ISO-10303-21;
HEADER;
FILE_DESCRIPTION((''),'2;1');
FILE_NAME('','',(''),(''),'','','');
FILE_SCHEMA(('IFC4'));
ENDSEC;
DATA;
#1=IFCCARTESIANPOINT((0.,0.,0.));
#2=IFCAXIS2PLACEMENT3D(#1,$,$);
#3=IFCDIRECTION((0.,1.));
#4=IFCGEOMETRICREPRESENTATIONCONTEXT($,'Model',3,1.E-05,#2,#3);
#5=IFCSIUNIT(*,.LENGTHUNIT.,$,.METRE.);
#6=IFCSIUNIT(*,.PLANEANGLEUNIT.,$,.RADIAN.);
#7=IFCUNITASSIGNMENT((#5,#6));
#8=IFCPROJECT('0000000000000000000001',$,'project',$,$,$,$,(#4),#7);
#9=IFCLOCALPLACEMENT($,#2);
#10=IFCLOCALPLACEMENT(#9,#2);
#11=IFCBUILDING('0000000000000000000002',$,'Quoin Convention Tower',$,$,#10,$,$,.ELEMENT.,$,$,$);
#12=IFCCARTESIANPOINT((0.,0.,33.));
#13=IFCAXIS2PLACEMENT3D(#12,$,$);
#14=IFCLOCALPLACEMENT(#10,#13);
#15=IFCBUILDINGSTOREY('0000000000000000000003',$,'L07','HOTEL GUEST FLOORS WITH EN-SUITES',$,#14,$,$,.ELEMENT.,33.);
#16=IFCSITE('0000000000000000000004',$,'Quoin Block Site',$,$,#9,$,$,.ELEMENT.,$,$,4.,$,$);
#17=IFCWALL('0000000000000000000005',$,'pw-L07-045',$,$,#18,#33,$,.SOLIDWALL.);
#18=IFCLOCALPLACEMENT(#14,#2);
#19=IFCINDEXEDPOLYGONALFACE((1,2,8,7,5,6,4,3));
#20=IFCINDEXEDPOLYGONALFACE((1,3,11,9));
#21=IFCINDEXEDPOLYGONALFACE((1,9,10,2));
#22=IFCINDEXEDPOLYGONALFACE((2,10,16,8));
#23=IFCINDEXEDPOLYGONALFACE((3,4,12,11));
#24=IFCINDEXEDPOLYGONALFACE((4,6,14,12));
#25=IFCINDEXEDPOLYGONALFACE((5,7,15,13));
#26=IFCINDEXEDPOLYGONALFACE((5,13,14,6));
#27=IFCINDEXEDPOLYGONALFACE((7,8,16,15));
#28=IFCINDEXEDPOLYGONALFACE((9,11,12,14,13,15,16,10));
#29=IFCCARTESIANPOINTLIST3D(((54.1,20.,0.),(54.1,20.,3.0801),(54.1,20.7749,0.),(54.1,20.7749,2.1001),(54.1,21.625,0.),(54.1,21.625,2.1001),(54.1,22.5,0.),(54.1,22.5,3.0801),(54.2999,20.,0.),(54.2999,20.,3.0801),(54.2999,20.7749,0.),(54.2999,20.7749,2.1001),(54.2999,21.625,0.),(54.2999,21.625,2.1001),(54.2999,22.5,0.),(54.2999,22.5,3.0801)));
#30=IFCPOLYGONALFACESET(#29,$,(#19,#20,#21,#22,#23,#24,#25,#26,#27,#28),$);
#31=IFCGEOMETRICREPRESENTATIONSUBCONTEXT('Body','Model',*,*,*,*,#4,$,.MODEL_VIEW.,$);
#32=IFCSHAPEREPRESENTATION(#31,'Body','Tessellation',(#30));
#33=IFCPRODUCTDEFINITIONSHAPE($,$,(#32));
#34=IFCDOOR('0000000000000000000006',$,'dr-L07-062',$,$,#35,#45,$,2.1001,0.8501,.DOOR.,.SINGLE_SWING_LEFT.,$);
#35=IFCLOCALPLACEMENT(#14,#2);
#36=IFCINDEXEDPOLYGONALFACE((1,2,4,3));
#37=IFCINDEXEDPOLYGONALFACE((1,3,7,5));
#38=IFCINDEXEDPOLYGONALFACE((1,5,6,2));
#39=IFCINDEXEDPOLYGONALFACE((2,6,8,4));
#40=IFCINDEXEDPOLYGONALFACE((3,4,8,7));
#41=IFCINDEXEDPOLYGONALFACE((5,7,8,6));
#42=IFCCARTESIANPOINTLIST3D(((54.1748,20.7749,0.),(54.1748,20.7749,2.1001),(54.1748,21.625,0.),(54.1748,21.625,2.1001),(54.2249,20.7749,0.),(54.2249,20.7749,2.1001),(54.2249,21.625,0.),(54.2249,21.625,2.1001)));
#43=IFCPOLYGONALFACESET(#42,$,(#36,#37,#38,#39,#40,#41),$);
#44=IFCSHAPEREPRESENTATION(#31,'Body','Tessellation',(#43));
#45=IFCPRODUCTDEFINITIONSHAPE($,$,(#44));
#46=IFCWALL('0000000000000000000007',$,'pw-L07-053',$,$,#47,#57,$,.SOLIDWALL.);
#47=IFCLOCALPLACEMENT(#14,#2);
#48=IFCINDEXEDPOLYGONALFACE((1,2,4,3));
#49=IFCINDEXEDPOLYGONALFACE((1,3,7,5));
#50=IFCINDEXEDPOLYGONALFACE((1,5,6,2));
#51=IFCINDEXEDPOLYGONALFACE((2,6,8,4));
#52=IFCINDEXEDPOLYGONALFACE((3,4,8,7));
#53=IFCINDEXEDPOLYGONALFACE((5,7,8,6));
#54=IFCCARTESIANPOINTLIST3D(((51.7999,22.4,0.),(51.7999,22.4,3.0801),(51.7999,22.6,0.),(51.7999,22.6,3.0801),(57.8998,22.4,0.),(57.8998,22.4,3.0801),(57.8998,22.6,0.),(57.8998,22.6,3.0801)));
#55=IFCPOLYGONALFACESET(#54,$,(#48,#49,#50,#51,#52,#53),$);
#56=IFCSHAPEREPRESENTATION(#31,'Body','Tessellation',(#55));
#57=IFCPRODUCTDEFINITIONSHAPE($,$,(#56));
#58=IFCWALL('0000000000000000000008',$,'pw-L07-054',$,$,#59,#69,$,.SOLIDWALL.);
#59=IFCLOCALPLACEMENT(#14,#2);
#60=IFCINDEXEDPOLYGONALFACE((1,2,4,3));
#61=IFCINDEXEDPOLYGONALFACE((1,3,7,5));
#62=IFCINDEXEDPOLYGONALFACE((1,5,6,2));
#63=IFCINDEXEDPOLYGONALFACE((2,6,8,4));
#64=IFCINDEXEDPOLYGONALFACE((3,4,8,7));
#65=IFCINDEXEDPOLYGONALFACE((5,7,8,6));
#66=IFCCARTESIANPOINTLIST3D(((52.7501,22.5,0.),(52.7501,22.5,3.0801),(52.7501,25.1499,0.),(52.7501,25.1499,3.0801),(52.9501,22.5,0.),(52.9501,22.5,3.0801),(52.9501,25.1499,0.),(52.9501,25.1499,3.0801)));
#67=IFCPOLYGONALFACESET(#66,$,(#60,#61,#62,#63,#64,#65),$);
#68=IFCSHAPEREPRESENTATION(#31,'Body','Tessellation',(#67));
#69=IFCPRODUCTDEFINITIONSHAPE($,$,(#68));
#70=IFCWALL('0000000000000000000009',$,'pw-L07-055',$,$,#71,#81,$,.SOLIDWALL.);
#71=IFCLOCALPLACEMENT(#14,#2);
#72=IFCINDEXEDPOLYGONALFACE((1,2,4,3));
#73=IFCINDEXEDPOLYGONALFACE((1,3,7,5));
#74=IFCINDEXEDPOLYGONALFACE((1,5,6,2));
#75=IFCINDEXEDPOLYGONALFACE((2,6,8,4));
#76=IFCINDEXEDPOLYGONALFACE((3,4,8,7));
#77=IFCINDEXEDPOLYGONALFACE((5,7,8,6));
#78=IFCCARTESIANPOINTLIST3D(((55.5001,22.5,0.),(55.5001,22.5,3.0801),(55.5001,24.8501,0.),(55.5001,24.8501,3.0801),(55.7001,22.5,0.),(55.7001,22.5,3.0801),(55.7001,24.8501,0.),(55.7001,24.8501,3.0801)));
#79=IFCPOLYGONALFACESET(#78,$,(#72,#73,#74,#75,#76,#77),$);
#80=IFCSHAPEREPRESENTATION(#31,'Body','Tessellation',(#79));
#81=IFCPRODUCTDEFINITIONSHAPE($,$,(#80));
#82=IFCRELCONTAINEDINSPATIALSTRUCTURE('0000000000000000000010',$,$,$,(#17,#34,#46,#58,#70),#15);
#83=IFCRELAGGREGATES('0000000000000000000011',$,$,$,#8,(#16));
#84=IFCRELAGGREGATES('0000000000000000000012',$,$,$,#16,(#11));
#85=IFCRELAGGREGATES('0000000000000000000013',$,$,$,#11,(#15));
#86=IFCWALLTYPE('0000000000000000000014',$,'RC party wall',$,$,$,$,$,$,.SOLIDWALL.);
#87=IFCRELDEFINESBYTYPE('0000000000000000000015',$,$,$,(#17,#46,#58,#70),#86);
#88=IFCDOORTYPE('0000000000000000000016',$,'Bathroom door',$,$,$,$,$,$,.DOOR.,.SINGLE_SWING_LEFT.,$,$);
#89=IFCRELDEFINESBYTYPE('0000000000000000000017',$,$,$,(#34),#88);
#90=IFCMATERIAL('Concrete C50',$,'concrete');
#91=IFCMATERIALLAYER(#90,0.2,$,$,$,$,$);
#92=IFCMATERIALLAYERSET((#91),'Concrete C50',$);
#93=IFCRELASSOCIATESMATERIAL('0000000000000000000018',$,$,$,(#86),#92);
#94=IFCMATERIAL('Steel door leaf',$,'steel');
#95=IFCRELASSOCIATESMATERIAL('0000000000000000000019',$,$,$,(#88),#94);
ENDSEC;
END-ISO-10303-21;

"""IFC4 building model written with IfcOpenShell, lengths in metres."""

from ifc_helpers import new_model, si_unit, direction, frame, frame_2d, origin, place, context, subcontext, project, spatial, rectangle, extrude, material, layer, layer_set, type_object, element, fill, save


model = new_model("IFC4")

# Units and contexts
model_context = context("Model", 3, precision=1e-05, world=origin(), true_north=direction((0.0, 1.0)))
body_context = subcontext(model_context, "Body", "Model", "MODEL_VIEW")
ifc_project = project(units=[si_unit("LENGTHUNIT", "METRE"), si_unit("PLANEANGLEUNIT", "RADIAN")], contexts=[model_context])

# Site, building, storey
site_placement = place(None, origin())
site = spatial("IfcSite", under=ifc_project, at=site_placement, Name="Quoin Block Site", CompositionType="ELEMENT", RefElevation=4.0)
building_placement = place(site_placement, origin())
building = spatial("IfcBuilding", under=site, at=building_placement, Name="Quoin Convention Tower", CompositionType="ELEMENT")
storey_placement = place(building_placement, frame((0.0, 0.0, 33.0)))
storey = spatial("IfcBuildingStorey", under=building, at=storey_placement, Name="L07", Description="HOTEL GUEST FLOORS WITH EN-SUITES", CompositionType="ELEMENT", Elevation=33.0)

# Shared definitions
ifc_material_1 = material(Name="Concrete C50", Category="concrete")
ifc_layer_1 = layer(ifc_material_1, 0.2)
ifc_layer_set_1 = layer_set([ifc_layer_1], Name="Concrete C50")
wall_type_1 = type_object("IfcWallType", Name="RC party wall", PredefinedType="SOLIDWALL", material=ifc_layer_set_1)

# Wall, opening, door
wall_1_placement = place(storey_placement, frame((54.2, 20.0, 0.0), z_axis=(0.0, 0.0, 1.0), x_axis=(0.0, 1.0, 0.0)))
wall_1 = element("IfcWall", 1, at=wall_1_placement, inside=storey, type_object=wall_type_1, Name="pw-L07-045", PredefinedType="SOLIDWALL", context=body_context, shape_type="SweptSolid", body=[
    extrude(rectangle(XDim=2.5, YDim=0.2, at=frame_2d((1.25, 0.0))), origin(), (0.0, 0.0, 1.0), 3.0801),
])
opening_1_placement = place(wall_1_placement, frame((0.7749, 0.0, 0.0)))
opening_1 = element("IfcOpeningElement", 2, at=opening_1_placement, cuts=wall_1, PredefinedType="OPENING", context=body_context, shape_type="SweptSolid", body=[
    extrude(rectangle(XDim=0.8501, YDim=2.1001, at=frame_2d((0.425, 1.05))), frame((0.0, 0.1099, 0.0), z_axis=(0.0, -1.0, 0.0), x_axis=(1.0, 0.0, 0.0)), (0.0, 0.0, 1.0), 0.22),
])
ifc_material_2 = material(Name="Steel door leaf", Category="steel")
door_type = type_object("IfcDoorType", Name="Bathroom door", OperationType="SINGLE_SWING_LEFT", PredefinedType="DOOR", material=ifc_material_2)
door_placement = place(opening_1_placement, frame((0.8501, 0.0, 0.0), z_axis=(0.0, 0.0, 1.0), x_axis=(-1.0, 0.0, 0.0)))
door = element("IfcDoor", 3, at=door_placement, inside=storey, type_object=door_type, Name="dr-L07-062", OperationType="SINGLE_SWING_LEFT", OverallHeight=2.1001, OverallWidth=0.8501, PredefinedType="DOOR", context=body_context, shape_type="SweptSolid", body=[
    extrude(rectangle(XDim=0.8501, YDim=2.1001, at=frame_2d((0.425, 1.05))), frame((0.0, 0.0249, 0.0), z_axis=(0.0, -1.0, 0.0), x_axis=(1.0, 0.0, 0.0)), (0.0, 0.0, 1.0), 0.05),
])
fill(opening_1, door)

# Walls
wall_2_placement = place(storey_placement, frame((51.8, 22.5, 0.0), z_axis=(0.0, 0.0, 1.0), x_axis=(1.0, 0.0, 0.0)))
element("IfcWall", 4, at=wall_2_placement, inside=storey, type_object=wall_type_1, Name="pw-L07-053", PredefinedType="SOLIDWALL", context=body_context, shape_type="SweptSolid", body=[
    extrude(rectangle(XDim=6.0999, YDim=0.2, at=frame_2d((3.0498, 0.0))), origin(), (0.0, 0.0, 1.0), 3.0801),
])
wall_3_placement = place(storey_placement, frame((52.8501, 22.5, 0.0), z_axis=(0.0, 0.0, 1.0), x_axis=(0.0, 1.0, 0.0)))
element("IfcWall", 5, at=wall_3_placement, inside=storey, type_object=wall_type_1, Name="pw-L07-054", PredefinedType="SOLIDWALL", context=body_context, shape_type="SweptSolid", body=[
    extrude(rectangle(XDim=2.6499, YDim=0.2, at=frame_2d((1.325, 0.0))), origin(), (0.0, 0.0, 1.0), 3.0801),
])
wall_4_placement = place(storey_placement, frame((55.6001, 22.5, 0.0), z_axis=(0.0, 0.0, 1.0), x_axis=(0.0, 1.0, 0.0)))
element("IfcWall", 6, at=wall_4_placement, inside=storey, type_object=wall_type_1, Name="pw-L07-055", PredefinedType="SOLIDWALL", context=body_context, shape_type="SweptSolid", body=[
    extrude(rectangle(XDim=2.3501, YDim=0.2, at=frame_2d((1.175, 0.0))), origin(), (0.0, 0.0, 1.0), 3.0801),
])

save(model, "model.ifc")
